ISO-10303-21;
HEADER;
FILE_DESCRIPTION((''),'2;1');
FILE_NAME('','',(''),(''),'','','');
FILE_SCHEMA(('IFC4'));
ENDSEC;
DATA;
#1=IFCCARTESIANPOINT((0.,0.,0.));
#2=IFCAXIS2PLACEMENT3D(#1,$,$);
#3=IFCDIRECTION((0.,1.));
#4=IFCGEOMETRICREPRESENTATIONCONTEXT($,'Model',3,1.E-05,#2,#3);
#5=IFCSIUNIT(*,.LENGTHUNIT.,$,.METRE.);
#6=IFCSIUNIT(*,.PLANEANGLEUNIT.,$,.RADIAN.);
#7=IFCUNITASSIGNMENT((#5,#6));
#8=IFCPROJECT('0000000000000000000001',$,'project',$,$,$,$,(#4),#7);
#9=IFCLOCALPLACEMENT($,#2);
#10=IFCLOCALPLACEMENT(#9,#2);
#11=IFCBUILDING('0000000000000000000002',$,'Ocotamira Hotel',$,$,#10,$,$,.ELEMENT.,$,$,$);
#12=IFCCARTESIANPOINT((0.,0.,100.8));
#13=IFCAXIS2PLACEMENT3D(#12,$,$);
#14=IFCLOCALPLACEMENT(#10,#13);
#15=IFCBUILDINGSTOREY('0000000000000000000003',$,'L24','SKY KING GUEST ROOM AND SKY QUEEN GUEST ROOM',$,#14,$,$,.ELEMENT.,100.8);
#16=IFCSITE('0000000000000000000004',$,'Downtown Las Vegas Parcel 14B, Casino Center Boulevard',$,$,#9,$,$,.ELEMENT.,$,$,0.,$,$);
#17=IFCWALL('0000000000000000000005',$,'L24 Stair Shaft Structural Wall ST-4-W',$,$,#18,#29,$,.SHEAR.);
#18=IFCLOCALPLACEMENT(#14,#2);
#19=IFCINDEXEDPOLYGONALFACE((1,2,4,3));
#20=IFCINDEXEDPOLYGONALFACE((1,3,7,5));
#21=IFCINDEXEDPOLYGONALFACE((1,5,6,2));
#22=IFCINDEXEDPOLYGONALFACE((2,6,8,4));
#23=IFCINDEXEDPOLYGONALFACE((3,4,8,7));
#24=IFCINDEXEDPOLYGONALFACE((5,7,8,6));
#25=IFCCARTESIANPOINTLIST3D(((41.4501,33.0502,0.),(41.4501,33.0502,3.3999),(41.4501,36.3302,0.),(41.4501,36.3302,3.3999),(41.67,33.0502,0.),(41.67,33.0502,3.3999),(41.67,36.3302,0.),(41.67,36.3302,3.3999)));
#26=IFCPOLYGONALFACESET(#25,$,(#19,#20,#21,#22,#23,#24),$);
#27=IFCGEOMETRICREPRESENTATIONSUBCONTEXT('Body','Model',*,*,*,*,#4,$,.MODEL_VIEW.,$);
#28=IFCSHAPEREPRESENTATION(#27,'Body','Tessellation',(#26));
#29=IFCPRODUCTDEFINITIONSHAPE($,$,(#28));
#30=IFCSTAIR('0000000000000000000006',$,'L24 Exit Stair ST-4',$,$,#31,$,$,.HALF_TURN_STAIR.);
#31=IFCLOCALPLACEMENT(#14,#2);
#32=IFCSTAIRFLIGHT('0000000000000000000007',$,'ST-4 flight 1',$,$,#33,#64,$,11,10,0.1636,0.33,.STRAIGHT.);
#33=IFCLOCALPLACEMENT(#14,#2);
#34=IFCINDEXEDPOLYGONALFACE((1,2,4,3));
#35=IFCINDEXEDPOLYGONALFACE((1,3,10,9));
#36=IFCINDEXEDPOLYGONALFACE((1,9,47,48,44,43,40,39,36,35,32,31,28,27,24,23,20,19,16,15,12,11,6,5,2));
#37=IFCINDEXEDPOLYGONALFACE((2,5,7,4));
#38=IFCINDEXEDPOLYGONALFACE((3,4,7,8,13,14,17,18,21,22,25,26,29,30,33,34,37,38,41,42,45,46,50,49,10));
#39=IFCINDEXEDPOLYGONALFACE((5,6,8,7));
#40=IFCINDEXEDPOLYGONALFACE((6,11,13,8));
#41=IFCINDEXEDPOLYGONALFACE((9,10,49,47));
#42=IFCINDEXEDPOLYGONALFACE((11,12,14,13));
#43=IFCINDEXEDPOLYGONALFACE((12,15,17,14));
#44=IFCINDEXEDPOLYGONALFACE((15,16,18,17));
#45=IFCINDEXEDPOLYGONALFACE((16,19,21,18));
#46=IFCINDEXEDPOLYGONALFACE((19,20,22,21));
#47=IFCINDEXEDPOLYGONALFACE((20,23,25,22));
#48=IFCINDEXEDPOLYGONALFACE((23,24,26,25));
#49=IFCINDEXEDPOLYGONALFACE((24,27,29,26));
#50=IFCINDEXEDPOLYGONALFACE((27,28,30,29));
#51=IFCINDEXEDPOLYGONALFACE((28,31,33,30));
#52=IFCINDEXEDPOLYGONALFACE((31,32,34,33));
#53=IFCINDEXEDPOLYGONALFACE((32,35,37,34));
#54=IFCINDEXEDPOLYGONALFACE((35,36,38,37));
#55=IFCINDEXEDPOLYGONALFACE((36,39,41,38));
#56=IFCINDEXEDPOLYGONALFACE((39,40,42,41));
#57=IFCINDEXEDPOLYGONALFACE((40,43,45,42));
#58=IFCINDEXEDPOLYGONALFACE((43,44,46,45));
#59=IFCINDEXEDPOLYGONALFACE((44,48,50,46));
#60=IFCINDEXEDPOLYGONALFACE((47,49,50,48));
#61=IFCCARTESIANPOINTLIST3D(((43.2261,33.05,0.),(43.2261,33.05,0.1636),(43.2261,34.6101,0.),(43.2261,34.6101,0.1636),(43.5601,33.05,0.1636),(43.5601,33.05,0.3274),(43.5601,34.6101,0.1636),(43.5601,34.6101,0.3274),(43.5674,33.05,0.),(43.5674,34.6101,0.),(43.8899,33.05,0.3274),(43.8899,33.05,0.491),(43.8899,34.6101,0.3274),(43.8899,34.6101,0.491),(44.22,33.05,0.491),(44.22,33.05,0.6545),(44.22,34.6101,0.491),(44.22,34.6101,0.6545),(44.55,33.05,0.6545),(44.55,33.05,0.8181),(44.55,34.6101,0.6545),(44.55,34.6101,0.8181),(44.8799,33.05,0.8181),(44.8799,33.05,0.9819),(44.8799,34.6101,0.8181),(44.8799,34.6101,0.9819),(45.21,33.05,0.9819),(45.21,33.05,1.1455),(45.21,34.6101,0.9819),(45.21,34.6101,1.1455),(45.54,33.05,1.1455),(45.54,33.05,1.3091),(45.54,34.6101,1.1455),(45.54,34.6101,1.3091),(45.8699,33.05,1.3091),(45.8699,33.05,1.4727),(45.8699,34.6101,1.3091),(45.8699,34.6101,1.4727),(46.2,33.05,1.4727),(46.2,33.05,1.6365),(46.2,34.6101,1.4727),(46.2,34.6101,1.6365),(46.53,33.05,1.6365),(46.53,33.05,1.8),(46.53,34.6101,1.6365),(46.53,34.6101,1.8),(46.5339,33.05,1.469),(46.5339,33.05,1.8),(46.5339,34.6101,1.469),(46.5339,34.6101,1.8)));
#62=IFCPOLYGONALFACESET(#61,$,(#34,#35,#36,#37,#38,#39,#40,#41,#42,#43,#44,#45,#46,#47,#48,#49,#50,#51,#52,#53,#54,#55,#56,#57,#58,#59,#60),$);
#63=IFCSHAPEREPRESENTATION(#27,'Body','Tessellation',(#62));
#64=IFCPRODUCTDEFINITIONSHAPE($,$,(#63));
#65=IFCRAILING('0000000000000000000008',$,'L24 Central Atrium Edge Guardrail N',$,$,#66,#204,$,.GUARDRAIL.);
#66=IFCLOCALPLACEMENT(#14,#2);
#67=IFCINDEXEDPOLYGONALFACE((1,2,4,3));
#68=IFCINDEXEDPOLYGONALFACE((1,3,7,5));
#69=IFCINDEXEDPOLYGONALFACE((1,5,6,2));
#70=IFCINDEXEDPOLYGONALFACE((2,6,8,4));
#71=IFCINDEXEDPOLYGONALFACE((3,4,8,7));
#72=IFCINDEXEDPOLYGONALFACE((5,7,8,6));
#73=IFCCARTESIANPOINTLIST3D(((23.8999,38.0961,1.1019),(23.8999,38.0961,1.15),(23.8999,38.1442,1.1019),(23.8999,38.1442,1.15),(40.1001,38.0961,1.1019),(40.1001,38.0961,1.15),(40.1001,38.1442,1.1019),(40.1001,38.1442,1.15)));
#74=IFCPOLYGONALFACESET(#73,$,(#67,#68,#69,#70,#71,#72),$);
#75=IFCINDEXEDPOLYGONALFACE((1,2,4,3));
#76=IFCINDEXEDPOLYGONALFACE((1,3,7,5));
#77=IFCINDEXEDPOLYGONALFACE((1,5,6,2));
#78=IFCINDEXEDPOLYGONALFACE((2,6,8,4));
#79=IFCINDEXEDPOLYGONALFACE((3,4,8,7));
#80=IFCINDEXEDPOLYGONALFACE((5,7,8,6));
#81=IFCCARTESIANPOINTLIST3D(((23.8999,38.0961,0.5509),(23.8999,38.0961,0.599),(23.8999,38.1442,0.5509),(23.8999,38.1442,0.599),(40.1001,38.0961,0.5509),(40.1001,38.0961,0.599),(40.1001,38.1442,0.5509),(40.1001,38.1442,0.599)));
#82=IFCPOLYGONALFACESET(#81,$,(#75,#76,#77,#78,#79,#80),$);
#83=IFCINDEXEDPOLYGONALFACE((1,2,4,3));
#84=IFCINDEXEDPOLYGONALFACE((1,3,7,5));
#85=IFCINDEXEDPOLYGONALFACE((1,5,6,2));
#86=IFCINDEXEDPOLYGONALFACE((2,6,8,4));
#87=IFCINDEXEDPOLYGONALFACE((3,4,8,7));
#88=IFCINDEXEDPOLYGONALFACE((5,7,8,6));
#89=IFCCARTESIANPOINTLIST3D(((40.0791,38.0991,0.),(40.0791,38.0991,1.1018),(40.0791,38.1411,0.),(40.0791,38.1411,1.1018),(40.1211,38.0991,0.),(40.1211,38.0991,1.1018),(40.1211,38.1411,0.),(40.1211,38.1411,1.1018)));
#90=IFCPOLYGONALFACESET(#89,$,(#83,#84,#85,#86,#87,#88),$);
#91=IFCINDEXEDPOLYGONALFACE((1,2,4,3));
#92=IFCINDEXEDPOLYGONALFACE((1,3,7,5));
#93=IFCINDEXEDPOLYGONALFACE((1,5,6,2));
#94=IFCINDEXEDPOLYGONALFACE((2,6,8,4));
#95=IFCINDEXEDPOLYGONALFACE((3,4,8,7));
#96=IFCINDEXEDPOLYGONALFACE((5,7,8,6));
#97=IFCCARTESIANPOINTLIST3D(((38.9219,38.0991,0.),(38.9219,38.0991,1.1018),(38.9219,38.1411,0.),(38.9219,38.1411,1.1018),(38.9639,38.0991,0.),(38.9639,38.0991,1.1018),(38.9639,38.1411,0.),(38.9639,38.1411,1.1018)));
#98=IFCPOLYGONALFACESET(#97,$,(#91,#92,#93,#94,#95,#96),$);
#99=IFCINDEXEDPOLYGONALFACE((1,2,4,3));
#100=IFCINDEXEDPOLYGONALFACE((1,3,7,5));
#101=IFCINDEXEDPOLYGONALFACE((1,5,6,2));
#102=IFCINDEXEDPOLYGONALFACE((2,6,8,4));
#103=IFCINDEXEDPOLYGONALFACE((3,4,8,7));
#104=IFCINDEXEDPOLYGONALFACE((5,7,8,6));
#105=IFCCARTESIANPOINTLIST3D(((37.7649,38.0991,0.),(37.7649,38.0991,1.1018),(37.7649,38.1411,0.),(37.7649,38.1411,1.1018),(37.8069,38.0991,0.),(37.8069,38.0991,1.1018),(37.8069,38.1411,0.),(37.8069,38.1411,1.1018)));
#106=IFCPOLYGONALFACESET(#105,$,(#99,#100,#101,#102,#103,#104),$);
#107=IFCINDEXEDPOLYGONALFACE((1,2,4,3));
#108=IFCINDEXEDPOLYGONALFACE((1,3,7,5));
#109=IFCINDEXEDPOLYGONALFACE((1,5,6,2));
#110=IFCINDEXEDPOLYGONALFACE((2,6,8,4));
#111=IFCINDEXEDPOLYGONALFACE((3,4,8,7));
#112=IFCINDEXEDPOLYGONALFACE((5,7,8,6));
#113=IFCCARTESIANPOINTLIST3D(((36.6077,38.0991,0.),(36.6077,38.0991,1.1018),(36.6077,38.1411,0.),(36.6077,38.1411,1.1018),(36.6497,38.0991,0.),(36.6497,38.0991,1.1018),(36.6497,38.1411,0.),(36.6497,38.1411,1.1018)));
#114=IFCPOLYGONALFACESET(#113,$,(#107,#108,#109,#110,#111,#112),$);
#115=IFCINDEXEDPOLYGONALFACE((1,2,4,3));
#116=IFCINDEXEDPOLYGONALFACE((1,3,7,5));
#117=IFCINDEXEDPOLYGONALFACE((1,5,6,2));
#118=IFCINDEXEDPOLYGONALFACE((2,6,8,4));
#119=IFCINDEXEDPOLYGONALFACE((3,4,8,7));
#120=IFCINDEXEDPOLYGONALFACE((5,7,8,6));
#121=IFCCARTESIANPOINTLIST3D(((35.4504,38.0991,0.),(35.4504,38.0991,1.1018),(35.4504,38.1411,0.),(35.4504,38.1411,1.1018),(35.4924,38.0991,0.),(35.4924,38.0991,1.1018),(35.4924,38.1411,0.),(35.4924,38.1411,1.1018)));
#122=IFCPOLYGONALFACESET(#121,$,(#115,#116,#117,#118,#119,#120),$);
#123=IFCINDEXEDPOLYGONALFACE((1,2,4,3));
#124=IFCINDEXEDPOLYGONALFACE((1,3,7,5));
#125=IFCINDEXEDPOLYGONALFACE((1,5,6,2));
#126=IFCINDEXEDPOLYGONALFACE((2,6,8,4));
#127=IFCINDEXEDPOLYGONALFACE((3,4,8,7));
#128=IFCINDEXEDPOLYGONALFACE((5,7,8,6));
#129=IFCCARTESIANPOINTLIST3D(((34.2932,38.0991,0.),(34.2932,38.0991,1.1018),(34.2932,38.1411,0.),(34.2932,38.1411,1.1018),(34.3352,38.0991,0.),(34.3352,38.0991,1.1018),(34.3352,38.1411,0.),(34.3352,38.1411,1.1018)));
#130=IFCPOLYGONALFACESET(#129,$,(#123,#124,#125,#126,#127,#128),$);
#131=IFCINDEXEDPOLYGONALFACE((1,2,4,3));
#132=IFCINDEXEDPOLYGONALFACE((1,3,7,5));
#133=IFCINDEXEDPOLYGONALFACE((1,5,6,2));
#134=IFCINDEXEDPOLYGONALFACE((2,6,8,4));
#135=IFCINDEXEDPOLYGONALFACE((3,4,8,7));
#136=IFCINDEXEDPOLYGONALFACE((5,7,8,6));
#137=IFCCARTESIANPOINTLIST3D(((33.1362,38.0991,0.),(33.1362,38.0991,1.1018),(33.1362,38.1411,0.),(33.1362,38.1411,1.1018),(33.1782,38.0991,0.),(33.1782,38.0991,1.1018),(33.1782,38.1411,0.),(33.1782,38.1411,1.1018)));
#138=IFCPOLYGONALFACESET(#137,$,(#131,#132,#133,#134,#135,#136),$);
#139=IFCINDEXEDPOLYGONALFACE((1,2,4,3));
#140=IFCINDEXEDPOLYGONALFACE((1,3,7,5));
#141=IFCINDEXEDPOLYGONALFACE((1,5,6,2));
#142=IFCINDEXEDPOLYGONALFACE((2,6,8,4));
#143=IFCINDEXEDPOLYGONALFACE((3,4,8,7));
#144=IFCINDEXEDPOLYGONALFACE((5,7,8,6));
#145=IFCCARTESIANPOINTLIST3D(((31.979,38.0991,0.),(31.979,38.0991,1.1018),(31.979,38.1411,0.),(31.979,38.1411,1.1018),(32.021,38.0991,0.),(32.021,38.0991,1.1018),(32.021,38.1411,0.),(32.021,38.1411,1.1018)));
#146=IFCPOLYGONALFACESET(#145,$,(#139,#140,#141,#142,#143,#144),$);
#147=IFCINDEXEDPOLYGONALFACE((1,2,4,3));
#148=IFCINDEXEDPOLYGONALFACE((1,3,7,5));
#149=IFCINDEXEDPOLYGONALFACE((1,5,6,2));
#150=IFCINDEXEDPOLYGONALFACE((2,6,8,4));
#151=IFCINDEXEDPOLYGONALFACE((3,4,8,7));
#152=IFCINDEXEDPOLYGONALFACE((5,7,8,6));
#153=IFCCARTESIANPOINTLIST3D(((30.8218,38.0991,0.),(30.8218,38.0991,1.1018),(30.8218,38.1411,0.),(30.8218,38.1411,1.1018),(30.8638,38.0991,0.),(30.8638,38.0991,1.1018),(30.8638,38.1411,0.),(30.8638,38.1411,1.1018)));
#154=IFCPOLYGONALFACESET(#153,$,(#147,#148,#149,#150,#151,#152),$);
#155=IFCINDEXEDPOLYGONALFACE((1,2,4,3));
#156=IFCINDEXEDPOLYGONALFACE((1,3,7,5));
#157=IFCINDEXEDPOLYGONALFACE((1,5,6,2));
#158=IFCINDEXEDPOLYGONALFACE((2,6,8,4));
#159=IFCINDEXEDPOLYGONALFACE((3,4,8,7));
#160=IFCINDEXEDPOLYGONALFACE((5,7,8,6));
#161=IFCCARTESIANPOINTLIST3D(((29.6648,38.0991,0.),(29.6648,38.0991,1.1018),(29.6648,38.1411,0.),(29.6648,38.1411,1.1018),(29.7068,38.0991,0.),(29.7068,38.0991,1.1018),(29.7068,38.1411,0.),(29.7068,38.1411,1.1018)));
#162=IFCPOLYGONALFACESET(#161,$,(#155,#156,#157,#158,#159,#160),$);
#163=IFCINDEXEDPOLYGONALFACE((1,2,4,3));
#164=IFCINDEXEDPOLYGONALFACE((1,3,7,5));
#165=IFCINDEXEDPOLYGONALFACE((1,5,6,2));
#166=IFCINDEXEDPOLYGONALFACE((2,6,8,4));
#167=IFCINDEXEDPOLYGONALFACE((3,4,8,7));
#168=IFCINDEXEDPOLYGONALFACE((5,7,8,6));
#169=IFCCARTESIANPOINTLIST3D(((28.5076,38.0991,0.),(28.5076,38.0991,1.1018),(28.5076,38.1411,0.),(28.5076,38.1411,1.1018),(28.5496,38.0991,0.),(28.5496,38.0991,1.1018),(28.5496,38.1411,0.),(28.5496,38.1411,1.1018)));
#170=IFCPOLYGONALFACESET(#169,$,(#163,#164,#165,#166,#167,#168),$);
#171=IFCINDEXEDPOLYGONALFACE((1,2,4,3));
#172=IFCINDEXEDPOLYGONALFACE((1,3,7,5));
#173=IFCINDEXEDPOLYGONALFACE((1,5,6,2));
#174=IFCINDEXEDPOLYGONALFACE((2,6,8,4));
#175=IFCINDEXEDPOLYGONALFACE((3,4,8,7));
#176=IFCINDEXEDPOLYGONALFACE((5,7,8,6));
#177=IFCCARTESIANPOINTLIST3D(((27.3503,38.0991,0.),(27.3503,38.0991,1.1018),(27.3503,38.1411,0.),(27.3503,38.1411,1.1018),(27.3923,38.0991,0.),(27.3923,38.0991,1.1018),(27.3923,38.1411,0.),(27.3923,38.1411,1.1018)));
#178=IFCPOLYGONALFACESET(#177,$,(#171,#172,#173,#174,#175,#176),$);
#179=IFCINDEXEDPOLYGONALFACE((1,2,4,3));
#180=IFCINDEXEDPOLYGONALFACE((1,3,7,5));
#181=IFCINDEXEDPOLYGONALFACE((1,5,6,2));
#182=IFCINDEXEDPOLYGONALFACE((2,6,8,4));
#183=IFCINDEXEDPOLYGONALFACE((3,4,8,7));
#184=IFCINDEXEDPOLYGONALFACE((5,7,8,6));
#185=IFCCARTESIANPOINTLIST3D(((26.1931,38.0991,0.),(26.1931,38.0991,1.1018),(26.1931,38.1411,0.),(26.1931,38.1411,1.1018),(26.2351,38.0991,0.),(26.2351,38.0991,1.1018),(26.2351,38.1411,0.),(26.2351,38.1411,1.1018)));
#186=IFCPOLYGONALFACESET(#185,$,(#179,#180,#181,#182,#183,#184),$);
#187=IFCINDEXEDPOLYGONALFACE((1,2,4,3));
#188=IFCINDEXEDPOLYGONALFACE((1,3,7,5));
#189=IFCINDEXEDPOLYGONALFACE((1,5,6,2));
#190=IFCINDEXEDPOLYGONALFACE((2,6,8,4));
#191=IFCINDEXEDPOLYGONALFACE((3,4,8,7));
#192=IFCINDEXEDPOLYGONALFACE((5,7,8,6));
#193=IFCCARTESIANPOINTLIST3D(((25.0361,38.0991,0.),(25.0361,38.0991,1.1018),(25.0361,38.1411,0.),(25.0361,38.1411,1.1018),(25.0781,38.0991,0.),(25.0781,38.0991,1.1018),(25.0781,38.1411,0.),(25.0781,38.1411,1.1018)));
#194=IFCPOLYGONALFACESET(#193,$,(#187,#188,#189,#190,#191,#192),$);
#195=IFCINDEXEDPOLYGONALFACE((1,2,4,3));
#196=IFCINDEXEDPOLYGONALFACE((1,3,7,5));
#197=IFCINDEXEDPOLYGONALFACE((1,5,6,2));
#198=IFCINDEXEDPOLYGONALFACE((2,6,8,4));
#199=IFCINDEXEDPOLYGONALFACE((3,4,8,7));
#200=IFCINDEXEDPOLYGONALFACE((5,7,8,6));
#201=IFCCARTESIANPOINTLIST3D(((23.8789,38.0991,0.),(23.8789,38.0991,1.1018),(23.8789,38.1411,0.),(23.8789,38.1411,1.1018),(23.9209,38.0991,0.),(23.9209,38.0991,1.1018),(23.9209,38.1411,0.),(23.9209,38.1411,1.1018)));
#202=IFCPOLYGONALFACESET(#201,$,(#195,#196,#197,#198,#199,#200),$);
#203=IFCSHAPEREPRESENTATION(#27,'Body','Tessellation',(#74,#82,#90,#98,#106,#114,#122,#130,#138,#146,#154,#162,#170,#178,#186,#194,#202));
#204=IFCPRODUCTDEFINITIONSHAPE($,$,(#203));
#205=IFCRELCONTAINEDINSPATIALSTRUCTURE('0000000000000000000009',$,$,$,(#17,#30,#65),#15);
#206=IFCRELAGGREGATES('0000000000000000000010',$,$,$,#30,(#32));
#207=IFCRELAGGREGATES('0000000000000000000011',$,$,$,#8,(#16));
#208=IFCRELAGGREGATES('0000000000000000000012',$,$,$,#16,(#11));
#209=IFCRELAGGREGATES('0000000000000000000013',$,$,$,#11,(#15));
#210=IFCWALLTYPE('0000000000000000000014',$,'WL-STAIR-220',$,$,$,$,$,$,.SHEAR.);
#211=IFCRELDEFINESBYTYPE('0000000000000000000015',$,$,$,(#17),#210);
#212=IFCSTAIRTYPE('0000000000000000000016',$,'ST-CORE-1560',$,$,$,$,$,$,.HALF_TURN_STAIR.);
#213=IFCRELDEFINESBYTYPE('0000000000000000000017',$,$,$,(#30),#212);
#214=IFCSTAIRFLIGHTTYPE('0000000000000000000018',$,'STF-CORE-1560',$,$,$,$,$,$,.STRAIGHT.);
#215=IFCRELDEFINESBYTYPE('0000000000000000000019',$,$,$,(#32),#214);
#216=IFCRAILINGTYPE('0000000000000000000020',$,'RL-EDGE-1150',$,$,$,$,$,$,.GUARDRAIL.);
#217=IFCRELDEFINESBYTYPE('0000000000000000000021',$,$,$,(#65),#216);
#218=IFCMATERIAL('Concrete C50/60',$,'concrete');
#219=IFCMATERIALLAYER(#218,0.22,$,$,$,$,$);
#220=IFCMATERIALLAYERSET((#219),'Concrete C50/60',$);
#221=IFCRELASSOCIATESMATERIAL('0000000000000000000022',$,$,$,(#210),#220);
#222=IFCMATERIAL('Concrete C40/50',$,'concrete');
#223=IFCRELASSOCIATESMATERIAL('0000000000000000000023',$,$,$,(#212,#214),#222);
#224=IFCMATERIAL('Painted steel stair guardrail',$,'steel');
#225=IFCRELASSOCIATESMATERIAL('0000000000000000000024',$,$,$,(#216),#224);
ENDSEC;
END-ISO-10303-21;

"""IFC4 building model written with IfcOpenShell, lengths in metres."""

from ifc_helpers import new_model, si_unit, direction, frame, frame_2d, origin, origin_2d, place, context, subcontext, project, spatial, polyline, rectangle, outline, extrude, source, transform, mapped, material, layer, layer_set, type_object, element, aggregate, save


model = new_model("IFC4")

# Units and contexts
model_context = context("Model", 3, precision=1e-05, world=origin(), true_north=direction((0.0, 1.0)))
body_context = subcontext(model_context, "Body", "Model", "MODEL_VIEW")
ifc_project = project(units=[si_unit("LENGTHUNIT", "METRE"), si_unit("PLANEANGLEUNIT", "RADIAN")], contexts=[model_context])

# Site, building, storey
site_placement = place(None, origin())
site = spatial("IfcSite", under=ifc_project, at=site_placement, Name="Downtown Las Vegas Parcel 14B, Casino Center Boulevard", CompositionType="ELEMENT", RefElevation=0.0)
building_placement = place(site_placement, origin())
building = spatial("IfcBuilding", under=site, at=building_placement, Name="Ocotamira Hotel", CompositionType="ELEMENT")
storey_placement = place(building_placement, frame((0.0, 0.0, 100.8)))
storey = spatial("IfcBuildingStorey", under=building, at=storey_placement, Name="L24", Description="SKY KING GUEST ROOM AND SKY QUEEN GUEST ROOM", CompositionType="ELEMENT", Elevation=100.8)

# Shared definitions
ifc_material_1 = material(Name="Concrete C50/60", Category="concrete")
ifc_layer_1 = layer(ifc_material_1, 0.22)
ifc_layer_set_1 = layer_set([ifc_layer_1], Name="Concrete C50/60")
wall_type_1 = type_object("IfcWallType", Name="WL-STAIR-220", PredefinedType="SHEAR", material=ifc_layer_set_1)

# Wall
wall_1_placement = place(storey_placement, frame((41.5601, 33.05, 0.0), z_axis=(0.0, 0.0, 1.0), x_axis=(0.0, 1.0, 0.0)))
element("IfcWall", 1, at=wall_1_placement, inside=storey, type_object=wall_type_1, Name="L24 Stair Shaft Structural Wall ST-4-W", PredefinedType="SHEAR", context=body_context, shape_type="SweptSolid", body=[
    extrude(rectangle(XDim=3.28, YDim=0.22, at=frame_2d((1.6401, 0.0))), origin(), (0.0, 0.0, 1.0), 3.3999),
])

# Stair, stair flight
ifc_material_2 = material(Name="Concrete C40/50", Category="concrete")
stair_type = type_object("IfcStairType", Name="ST-CORE-1560", PredefinedType="HALF_TURN_STAIR", material=ifc_material_2)
stair_placement = place(storey_placement, origin())
stair = element("IfcStair", 2, at=stair_placement, inside=storey, type_object=stair_type, Name="L24 Exit Stair ST-4", PredefinedType="HALF_TURN_STAIR")
stair_flight_type = type_object("IfcStairFlightType", Name="STF-CORE-1560", PredefinedType="STRAIGHT", material=ifc_material_2)
shared_shape_1 = source(origin(), body_context, "Body", "SweptSolid", [
    extrude(outline(polyline([(-0.0039, 0.0), (-0.0039, 0.1636), (0.3301, 0.1636), (0.3301, 0.3274), (0.6599, 0.3274), (0.6599, 0.491), (0.99, 0.491), (0.99, 0.6545), (1.3201, 0.6545), (1.3201, 0.8181), (1.6499, 0.8181), (1.6499, 0.9819), (1.98, 0.9819), (1.98, 1.1455), (2.3101, 1.1455), (2.3101, 1.3091), (2.6399, 1.3091), (2.6399, 1.4727), (2.97, 1.4727), (2.97, 1.6365), (3.3, 1.6365), (3.3, 1.8), (3.304, 1.8), (3.304, 1.469), (0.3374, 0.0), (-0.0039, 0.0)])), frame((0.0, 0.78, 0.0), z_axis=(0.0, -1.0, 0.0), x_axis=(1.0, 0.0, 0.0)), (0.0, 0.0, 1.0), 1.5601),
])
stair_flight_placement = place(storey_placement, frame((43.23, 33.8301, 0.0), z_axis=(0.0, 0.0, 1.0), x_axis=(1.0, 0.0, 0.0)))
stair_flight = element("IfcStairFlight", 3, at=stair_flight_placement, type_object=stair_flight_type, Name="ST-4 flight 1", NumberOfRisers=11, NumberOfTreads=10, PredefinedType="STRAIGHT", RiserHeight=0.1636, TreadLength=0.33, context=body_context, shape_type="MappedRepresentation", body=[
    mapped(shared_shape_1, transform((0.0, 0.0, 0.0), scale=1.0)),
])
aggregate(stair, [stair_flight])

# Railing
ifc_material_3 = material(Name="Painted steel stair guardrail", Category="steel")
railing_type_1 = type_object("IfcRailingType", Name="RL-EDGE-1150", PredefinedType="GUARDRAIL", material=ifc_material_3)
railing_1_placement = place(storey_placement, frame((40.1001, 38.1201, 0.0)))
element("IfcRailing", 4, at=railing_1_placement, inside=storey, type_object=railing_type_1, Name="L24 Central Atrium Edge Guardrail N", PredefinedType="GUARDRAIL", context=body_context, shape_type="SweptSolid", body=[
    extrude(rectangle(XDim=0.0481, YDim=0.0481, at=origin_2d()), frame((0.0, 0.0, 1.126), z_axis=(-1.0, 0.0, 0.0), x_axis=(0.0, -1.0, 0.0)), (0.0, 0.0, 1.0), 16.2002),
    extrude(rectangle(XDim=0.0481, YDim=0.0481, at=origin_2d()), frame((0.0, 0.0, 0.575), z_axis=(-1.0, 0.0, 0.0), x_axis=(0.0, -1.0, 0.0)), (0.0, 0.0, 1.0), 16.2002),
    extrude(rectangle(XDim=0.042, YDim=0.042, at=origin_2d()), origin(), (0.0, 0.0, 1.0), 1.1018),
    extrude(rectangle(XDim=0.042, YDim=0.042, at=origin_2d()), frame((-1.1572, 0.0, 0.0)), (0.0, 0.0, 1.0), 1.1018),
    extrude(rectangle(XDim=0.042, YDim=0.042, at=origin_2d()), frame((-2.3142, 0.0, 0.0)), (0.0, 0.0, 1.0), 1.1018),
    extrude(rectangle(XDim=0.042, YDim=0.042, at=origin_2d()), frame((-3.4714, 0.0, 0.0)), (0.0, 0.0, 1.0), 1.1018),
    extrude(rectangle(XDim=0.042, YDim=0.042, at=origin_2d()), frame((-4.6287, 0.0, 0.0)), (0.0, 0.0, 1.0), 1.1018),
    extrude(rectangle(XDim=0.042, YDim=0.042, at=origin_2d()), frame((-5.7859, 0.0, 0.0)), (0.0, 0.0, 1.0), 1.1018),
    extrude(rectangle(XDim=0.042, YDim=0.042, at=origin_2d()), frame((-6.9429, 0.0, 0.0)), (0.0, 0.0, 1.0), 1.1018),
    extrude(rectangle(XDim=0.042, YDim=0.042, at=origin_2d()), frame((-8.1001, 0.0, 0.0)), (0.0, 0.0, 1.0), 1.1018),
    extrude(rectangle(XDim=0.042, YDim=0.042, at=origin_2d()), frame((-9.2573, 0.0, 0.0)), (0.0, 0.0, 1.0), 1.1018),
    extrude(rectangle(XDim=0.042, YDim=0.042, at=origin_2d()), frame((-10.4143, 0.0, 0.0)), (0.0, 0.0, 1.0), 1.1018),
    extrude(rectangle(XDim=0.042, YDim=0.042, at=origin_2d()), frame((-11.5715, 0.0, 0.0)), (0.0, 0.0, 1.0), 1.1018),
    extrude(rectangle(XDim=0.042, YDim=0.042, at=origin_2d()), frame((-12.7288, 0.0, 0.0)), (0.0, 0.0, 1.0), 1.1018),
    extrude(rectangle(XDim=0.042, YDim=0.042, at=origin_2d()), frame((-13.886, 0.0, 0.0)), (0.0, 0.0, 1.0), 1.1018),
    extrude(rectangle(XDim=0.042, YDim=0.042, at=origin_2d()), frame((-15.043, 0.0, 0.0)), (0.0, 0.0, 1.0), 1.1018),
    extrude(rectangle(XDim=0.042, YDim=0.042, at=origin_2d()), frame((-16.2002, 0.0, 0.0)), (0.0, 0.0, 1.0), 1.1018),
])

save(model, "model.ifc")
